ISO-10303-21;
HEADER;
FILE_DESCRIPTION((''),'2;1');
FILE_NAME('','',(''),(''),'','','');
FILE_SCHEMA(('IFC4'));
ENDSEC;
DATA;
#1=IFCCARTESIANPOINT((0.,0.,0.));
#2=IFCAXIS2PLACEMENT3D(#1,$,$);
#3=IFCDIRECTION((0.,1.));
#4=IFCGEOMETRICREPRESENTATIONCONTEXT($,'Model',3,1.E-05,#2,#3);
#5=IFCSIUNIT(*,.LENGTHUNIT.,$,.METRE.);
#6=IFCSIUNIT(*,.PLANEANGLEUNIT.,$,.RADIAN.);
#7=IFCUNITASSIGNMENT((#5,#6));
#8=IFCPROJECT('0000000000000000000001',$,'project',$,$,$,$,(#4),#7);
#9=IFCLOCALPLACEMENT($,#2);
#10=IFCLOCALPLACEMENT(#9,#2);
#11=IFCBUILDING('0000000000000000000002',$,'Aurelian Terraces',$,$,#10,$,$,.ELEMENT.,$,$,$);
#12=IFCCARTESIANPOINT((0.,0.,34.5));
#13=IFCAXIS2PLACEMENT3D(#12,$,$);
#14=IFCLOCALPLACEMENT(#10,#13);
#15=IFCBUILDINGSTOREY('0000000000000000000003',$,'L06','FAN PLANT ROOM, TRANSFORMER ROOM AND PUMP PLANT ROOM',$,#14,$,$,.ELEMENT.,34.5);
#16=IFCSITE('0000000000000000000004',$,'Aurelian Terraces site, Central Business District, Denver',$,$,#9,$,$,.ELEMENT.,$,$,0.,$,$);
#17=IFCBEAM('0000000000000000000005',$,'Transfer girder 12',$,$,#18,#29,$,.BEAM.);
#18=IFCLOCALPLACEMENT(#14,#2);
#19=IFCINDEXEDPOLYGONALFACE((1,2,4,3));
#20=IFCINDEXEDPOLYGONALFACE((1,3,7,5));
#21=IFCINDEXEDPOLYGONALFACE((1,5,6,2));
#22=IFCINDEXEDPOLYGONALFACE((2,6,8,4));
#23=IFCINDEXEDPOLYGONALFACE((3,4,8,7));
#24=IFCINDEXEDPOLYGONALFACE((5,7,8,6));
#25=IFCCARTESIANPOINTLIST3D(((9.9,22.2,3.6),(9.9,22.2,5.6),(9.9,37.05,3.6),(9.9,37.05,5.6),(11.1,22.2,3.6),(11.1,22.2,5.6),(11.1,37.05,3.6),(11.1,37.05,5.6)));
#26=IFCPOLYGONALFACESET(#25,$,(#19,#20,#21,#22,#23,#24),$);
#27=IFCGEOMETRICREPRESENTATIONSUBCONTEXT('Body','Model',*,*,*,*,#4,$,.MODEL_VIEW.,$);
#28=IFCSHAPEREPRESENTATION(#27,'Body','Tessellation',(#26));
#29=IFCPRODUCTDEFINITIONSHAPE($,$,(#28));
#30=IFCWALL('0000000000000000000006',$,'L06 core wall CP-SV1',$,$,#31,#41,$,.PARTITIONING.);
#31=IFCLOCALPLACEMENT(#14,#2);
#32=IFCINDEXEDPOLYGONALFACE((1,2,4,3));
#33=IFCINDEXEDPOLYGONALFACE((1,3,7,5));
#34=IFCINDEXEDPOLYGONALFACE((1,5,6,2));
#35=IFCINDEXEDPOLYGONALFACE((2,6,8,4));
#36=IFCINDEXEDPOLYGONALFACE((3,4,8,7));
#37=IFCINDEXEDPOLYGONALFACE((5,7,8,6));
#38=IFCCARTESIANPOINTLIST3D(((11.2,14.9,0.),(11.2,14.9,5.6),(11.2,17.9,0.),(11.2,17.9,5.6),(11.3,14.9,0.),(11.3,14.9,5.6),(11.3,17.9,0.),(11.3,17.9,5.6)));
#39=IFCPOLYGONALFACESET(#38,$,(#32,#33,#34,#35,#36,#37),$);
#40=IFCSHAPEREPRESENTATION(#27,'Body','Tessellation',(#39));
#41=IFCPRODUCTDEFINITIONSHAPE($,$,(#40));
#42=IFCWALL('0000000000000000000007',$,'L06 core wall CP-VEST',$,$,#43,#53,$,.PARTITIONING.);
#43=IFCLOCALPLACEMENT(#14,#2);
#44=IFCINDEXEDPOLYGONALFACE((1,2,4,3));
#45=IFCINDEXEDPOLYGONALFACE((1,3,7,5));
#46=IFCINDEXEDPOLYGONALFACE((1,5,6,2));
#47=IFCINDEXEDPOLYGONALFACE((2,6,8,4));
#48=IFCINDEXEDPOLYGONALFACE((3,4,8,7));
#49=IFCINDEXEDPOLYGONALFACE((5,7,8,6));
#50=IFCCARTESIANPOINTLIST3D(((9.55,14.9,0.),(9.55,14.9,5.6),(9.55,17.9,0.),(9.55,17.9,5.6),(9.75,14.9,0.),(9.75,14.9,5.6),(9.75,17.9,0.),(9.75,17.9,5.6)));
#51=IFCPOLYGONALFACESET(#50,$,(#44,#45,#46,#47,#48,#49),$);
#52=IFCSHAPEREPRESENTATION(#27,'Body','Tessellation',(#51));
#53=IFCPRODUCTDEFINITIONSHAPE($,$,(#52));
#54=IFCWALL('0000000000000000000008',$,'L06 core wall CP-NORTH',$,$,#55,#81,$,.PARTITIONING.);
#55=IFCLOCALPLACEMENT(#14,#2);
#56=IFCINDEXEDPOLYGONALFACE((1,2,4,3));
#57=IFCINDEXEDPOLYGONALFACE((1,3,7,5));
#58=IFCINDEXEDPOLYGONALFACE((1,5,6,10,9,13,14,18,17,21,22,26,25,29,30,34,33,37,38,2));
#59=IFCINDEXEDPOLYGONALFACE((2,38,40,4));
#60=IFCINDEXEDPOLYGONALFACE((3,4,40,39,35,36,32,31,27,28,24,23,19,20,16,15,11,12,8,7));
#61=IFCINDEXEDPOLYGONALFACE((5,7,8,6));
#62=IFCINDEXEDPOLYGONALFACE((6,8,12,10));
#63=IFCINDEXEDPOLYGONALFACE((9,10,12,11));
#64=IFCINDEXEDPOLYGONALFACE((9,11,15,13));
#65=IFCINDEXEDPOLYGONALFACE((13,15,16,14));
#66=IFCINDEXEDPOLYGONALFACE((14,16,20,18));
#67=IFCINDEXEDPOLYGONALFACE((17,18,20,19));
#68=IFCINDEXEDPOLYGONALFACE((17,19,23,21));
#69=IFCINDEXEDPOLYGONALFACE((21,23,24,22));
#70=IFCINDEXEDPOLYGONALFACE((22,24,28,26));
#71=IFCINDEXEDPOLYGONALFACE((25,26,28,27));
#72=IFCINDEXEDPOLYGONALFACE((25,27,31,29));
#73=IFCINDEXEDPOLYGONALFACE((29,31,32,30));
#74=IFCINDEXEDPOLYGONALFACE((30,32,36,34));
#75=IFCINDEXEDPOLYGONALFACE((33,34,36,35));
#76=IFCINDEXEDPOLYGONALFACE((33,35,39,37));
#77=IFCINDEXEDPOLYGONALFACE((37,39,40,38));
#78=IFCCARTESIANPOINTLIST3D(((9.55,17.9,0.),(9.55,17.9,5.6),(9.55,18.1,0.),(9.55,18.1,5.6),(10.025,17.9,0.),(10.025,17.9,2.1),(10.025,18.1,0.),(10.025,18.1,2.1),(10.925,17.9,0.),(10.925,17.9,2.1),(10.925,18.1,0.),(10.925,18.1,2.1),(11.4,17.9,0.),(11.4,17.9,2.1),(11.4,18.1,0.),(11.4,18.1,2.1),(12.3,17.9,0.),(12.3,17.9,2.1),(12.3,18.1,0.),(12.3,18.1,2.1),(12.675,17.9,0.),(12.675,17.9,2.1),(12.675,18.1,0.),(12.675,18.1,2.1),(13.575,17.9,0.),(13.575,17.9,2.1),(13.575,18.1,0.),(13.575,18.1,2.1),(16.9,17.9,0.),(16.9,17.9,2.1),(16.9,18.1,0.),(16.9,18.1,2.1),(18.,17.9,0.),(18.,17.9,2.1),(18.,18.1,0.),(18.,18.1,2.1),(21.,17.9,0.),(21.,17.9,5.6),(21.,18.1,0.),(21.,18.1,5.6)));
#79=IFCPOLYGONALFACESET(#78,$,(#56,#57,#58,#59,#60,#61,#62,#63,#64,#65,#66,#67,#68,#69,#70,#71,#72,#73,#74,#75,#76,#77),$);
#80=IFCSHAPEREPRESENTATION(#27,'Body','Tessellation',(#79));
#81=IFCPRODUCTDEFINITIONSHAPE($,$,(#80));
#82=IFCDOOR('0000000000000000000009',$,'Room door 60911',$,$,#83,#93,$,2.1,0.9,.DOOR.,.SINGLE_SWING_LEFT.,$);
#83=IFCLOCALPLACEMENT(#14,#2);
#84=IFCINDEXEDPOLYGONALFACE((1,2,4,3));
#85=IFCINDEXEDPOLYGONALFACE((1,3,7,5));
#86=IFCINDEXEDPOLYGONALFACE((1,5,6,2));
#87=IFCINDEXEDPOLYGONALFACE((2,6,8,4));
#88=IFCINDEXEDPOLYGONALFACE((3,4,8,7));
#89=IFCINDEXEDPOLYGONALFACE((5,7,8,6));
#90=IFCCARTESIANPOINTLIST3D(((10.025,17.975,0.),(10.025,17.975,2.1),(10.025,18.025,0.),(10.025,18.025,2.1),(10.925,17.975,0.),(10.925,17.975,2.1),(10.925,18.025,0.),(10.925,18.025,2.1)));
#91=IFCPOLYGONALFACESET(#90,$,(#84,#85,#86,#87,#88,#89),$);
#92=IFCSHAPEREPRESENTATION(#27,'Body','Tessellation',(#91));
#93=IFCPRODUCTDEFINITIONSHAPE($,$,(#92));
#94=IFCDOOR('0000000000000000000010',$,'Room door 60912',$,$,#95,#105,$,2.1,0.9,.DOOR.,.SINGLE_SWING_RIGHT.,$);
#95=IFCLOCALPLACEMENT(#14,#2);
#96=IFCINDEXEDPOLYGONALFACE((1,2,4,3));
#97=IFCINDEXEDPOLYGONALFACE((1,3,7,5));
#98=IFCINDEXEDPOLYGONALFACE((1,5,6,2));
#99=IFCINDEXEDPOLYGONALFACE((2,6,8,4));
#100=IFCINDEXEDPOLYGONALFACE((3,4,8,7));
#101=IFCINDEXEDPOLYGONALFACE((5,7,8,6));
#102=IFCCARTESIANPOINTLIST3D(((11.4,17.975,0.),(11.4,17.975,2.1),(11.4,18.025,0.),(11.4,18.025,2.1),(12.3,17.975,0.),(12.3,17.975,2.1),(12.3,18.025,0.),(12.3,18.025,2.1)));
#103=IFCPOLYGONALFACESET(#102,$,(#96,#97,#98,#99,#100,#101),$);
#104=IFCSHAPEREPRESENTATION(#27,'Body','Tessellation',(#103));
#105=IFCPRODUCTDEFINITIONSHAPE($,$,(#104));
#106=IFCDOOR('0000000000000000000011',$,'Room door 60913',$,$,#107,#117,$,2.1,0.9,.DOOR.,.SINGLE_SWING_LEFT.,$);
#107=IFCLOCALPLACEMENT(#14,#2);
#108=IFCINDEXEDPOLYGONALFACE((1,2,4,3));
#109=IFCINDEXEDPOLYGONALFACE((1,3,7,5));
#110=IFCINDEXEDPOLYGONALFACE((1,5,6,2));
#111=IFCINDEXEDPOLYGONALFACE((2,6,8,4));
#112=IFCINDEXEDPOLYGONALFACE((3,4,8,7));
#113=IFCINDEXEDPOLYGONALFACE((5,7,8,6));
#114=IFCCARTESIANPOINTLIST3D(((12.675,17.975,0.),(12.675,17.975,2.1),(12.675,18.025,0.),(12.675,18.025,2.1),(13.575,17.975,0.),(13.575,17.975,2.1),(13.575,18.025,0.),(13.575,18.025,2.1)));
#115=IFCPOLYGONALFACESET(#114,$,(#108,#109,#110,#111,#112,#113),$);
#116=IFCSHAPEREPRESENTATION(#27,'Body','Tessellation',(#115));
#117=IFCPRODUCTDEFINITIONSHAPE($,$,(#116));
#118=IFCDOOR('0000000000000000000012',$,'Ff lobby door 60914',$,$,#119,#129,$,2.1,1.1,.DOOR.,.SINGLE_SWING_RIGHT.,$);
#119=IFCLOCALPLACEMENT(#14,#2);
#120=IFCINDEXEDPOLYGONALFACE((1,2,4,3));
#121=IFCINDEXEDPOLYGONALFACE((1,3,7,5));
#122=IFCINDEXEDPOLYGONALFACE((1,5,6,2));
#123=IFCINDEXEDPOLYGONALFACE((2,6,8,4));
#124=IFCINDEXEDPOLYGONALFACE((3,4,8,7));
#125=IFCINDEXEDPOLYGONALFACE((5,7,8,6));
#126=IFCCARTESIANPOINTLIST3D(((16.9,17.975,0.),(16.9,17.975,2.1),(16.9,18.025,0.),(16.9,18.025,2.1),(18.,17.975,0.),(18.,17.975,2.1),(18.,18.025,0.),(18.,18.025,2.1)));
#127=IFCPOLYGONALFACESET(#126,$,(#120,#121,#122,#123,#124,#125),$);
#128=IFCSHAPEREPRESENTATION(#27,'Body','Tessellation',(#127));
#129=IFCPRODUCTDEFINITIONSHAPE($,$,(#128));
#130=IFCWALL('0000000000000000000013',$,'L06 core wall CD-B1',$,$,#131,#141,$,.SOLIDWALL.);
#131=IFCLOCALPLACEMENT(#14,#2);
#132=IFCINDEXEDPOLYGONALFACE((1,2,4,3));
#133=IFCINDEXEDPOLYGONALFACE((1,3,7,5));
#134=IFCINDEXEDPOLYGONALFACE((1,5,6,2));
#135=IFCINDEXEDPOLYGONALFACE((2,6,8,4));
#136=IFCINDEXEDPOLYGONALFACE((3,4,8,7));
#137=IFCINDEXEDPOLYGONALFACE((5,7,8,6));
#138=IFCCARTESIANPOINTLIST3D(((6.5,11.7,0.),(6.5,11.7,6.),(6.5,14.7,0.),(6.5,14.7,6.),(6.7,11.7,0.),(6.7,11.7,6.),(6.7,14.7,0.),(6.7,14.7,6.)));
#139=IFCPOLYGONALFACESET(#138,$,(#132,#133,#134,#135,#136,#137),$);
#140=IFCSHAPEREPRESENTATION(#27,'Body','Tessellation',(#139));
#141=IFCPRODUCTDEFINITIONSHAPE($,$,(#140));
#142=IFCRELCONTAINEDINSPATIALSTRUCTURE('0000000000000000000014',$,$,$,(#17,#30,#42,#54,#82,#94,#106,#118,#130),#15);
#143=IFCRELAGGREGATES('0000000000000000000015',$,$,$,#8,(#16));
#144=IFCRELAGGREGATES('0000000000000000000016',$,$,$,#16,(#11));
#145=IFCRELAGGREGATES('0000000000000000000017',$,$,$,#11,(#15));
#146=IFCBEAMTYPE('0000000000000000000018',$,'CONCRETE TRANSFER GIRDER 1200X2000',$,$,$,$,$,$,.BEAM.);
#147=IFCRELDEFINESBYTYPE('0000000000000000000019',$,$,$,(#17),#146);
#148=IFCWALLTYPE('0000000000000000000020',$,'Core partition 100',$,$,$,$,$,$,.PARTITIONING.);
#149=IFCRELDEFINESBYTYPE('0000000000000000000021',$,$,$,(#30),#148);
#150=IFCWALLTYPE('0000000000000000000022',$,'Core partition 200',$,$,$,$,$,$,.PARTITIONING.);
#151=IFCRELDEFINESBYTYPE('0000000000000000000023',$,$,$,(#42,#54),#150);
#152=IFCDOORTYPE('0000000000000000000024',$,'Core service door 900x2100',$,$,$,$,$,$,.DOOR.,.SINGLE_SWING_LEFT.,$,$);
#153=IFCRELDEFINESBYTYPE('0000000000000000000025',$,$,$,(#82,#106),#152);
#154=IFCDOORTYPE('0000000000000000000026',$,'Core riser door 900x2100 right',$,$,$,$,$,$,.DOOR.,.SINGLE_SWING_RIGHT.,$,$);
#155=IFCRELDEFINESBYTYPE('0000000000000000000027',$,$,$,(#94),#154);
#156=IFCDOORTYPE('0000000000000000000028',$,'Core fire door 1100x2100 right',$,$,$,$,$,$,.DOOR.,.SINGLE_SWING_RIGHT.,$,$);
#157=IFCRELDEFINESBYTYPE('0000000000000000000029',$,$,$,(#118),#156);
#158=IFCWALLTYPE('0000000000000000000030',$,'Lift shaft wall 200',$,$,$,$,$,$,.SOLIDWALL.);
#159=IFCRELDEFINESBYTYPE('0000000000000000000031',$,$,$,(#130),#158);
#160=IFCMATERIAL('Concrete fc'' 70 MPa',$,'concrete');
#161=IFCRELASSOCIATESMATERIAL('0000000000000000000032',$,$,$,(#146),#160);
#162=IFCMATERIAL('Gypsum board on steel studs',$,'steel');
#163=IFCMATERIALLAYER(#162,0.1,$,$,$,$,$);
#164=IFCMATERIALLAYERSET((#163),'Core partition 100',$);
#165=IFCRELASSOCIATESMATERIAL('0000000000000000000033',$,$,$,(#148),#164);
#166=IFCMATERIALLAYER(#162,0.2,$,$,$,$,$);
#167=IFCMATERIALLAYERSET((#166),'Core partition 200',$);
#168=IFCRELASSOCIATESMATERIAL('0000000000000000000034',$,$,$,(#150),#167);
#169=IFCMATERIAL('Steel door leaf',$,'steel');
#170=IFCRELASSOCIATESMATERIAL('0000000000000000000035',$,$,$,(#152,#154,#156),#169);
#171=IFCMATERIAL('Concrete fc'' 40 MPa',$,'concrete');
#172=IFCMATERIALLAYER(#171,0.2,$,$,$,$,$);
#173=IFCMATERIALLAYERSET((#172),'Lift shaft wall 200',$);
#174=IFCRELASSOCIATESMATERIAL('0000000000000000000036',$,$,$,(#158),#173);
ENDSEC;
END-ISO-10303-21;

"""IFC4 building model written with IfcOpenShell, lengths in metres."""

from ifc_helpers import new_model, si_unit, direction, frame, frame_2d, origin, origin_2d, place, context, subcontext, project, spatial, rectangle, extrude, source, transform, mapped, material, layer, layer_set, material_profile, profile_set, type_object, element, fill, save


model = new_model("IFC4")

# Units and contexts
model_context = context("Model", 3, precision=1e-05, world=origin(), true_north=direction((0.0, 1.0)))
body_context = subcontext(model_context, "Body", "Model", "MODEL_VIEW")
ifc_project = project(units=[si_unit("LENGTHUNIT", "METRE"), si_unit("PLANEANGLEUNIT", "RADIAN")], contexts=[model_context])

# Site, building, storey
site_placement = place(None, origin())
site = spatial("IfcSite", under=ifc_project, at=site_placement, Name="Aurelian Terraces site, Central Business District, Denver", CompositionType="ELEMENT", RefElevation=0.0)
building_placement = place(site_placement, origin())
building = spatial("IfcBuilding", under=site, at=building_placement, Name="Aurelian Terraces", CompositionType="ELEMENT")
storey_placement = place(building_placement, frame((0.0, 0.0, 34.5)))
storey = spatial("IfcBuildingStorey", under=building, at=storey_placement, Name="L06", Description="FAN PLANT ROOM, TRANSFORMER ROOM AND PUMP PLANT ROOM", CompositionType="ELEMENT", Elevation=34.5)

# Beam
ifc_material_1 = material(Name="Concrete fc' 70 MPa", Category="concrete")
ifc_material_profile = material_profile(ifc_material_1, rectangle(XDim=1.2, YDim=2.0, at=origin_2d()))
ifc_profile_set = profile_set([ifc_material_profile], Name="Concrete fc' 70 MPa")
beam_type = type_object("IfcBeamType", Name="CONCRETE TRANSFER GIRDER 1200X2000", PredefinedType="BEAM", material=ifc_profile_set)
shared_shape_1 = source(origin(), body_context, "Body", "SweptSolid", [
    extrude(rectangle(XDim=1.2, YDim=2.0, at=origin_2d()), origin(), (0.0, 0.0, 1.0), 14.85),
])
beam_placement = place(storey_placement, frame((10.5, 22.2, 4.6), z_axis=(0.0, 1.0, 0.0), x_axis=(-1.0, 0.0, 0.0)))
element("IfcBeam", 1, at=beam_placement, inside=storey, type_object=beam_type, Name="Transfer girder 12", PredefinedType="BEAM", context=body_context, shape_type="MappedRepresentation", body=[
    mapped(shared_shape_1, transform((0.0, 0.0, 0.0), scale=1.0)),
])

# Walls
ifc_material_2 = material(Name="Gypsum board on steel studs", Category="steel")
ifc_layer_1 = layer(ifc_material_2, 0.1)
ifc_layer_set_1 = layer_set([ifc_layer_1], Name="Core partition 100")
wall_type_1 = type_object("IfcWallType", Name="Core partition 100", PredefinedType="PARTITIONING", material=ifc_layer_set_1)
wall_1_placement = place(storey_placement, frame((11.25, 14.9, 0.0), z_axis=(0.0, 0.0, 1.0), x_axis=(0.0, 1.0, 0.0)))
element("IfcWall", 2, at=wall_1_placement, inside=storey, type_object=wall_type_1, Name="L06 core wall CP-SV1", PredefinedType="PARTITIONING", context=body_context, shape_type="SweptSolid", body=[
    extrude(rectangle(XDim=3.0, YDim=0.1, at=frame_2d((1.5, 0.0))), origin(), (0.0, 0.0, 1.0), 5.6),
])
ifc_layer_2 = layer(ifc_material_2, 0.2)
ifc_layer_set_2 = layer_set([ifc_layer_2], Name="Core partition 200")
wall_type_2 = type_object("IfcWallType", Name="Core partition 200", PredefinedType="PARTITIONING", material=ifc_layer_set_2)
wall_2_placement = place(storey_placement, frame((9.65, 14.9, 0.0), z_axis=(0.0, 0.0, 1.0), x_axis=(0.0, 1.0, 0.0)))
element("IfcWall", 3, at=wall_2_placement, inside=storey, type_object=wall_type_2, Name="L06 core wall CP-VEST", PredefinedType="PARTITIONING", context=body_context, shape_type="SweptSolid", body=[
    extrude(rectangle(XDim=3.0, YDim=0.2, at=frame_2d((1.5, 0.0))), origin(), (0.0, 0.0, 1.0), 5.6),
])

# Wall, openings, doors
wall_3_placement = place(storey_placement, frame((9.55, 18.0, 0.0), z_axis=(0.0, 0.0, 1.0), x_axis=(1.0, 0.0, 0.0)))
wall_3 = element("IfcWall", 4, at=wall_3_placement, inside=storey, type_object=wall_type_2, Name="L06 core wall CP-NORTH", PredefinedType="PARTITIONING", context=body_context, shape_type="SweptSolid", body=[
    extrude(rectangle(XDim=11.45, YDim=0.2, at=frame_2d((5.725, 0.0))), origin(), (0.0, 0.0, 1.0), 5.6),
])
shared_shape_2 = source(origin(), body_context, "Body", "SweptSolid", [
    extrude(rectangle(XDim=0.9, YDim=2.1, at=frame_2d((0.45, 1.05))), frame((0.0, 0.11, 0.0), z_axis=(0.0, -1.0, 0.0), x_axis=(1.0, 0.0, 0.0)), (0.0, 0.0, 1.0), 0.22),
])
opening_1_placement = place(wall_3_placement, frame((0.475, 0.0, 0.0)))
opening_1 = element("IfcOpeningElement", 5, at=opening_1_placement, cuts=wall_3, PredefinedType="OPENING", context=body_context, shape_type="MappedRepresentation", body=[
    mapped(shared_shape_2, transform((0.0, 0.0, 0.0), scale=1.0)),
])
opening_2_placement = place(wall_3_placement, frame((1.85, 0.0, 0.0)))
opening_2 = element("IfcOpeningElement", 6, at=opening_2_placement, cuts=wall_3, PredefinedType="OPENING", context=body_context, shape_type="MappedRepresentation", body=[
    mapped(shared_shape_2, transform((0.0, 0.0, 0.0), scale=1.0)),
])
opening_3_placement = place(wall_3_placement, frame((3.125, 0.0, 0.0)))
opening_3 = element("IfcOpeningElement", 7, at=opening_3_placement, cuts=wall_3, PredefinedType="OPENING", context=body_context, shape_type="MappedRepresentation", body=[
    mapped(shared_shape_2, transform((0.0, 0.0, 0.0), scale=1.0)),
])
shared_shape_3 = source(origin(), body_context, "Body", "SweptSolid", [
    extrude(rectangle(XDim=1.1, YDim=2.1, at=frame_2d((0.55, 1.05))), frame((0.0, 0.11, 0.0), z_axis=(0.0, -1.0, 0.0), x_axis=(1.0, 0.0, 0.0)), (0.0, 0.0, 1.0), 0.22),
])
opening_4_placement = place(wall_3_placement, frame((7.35, 0.0, 0.0)))
opening_4 = element("IfcOpeningElement", 8, at=opening_4_placement, cuts=wall_3, PredefinedType="OPENING", context=body_context, shape_type="MappedRepresentation", body=[
    mapped(shared_shape_3, transform((0.0, 0.0, 0.0), scale=1.0)),
])
ifc_material_3 = material(Name="Steel door leaf", Category="steel")
door_type_1 = type_object("IfcDoorType", Name="Core service door 900x2100", OperationType="SINGLE_SWING_LEFT", PredefinedType="DOOR", material=ifc_material_3)
shared_shape_4 = source(origin(), body_context, "Body", "SweptSolid", [
    extrude(rectangle(XDim=0.9, YDim=2.1, at=frame_2d((0.45, 1.05))), frame((0.0, 0.025, 0.0), z_axis=(0.0, -1.0, 0.0), x_axis=(1.0, 0.0, 0.0)), (0.0, 0.0, 1.0), 0.05),
])
door_1_placement = place(opening_1_placement, origin())
door_1 = element("IfcDoor", 9, at=door_1_placement, inside=storey, type_object=door_type_1, Name="Room door 60911", OperationType="SINGLE_SWING_LEFT", OverallHeight=2.1, OverallWidth=0.9, PredefinedType="DOOR", context=body_context, shape_type="MappedRepresentation", body=[
    mapped(shared_shape_4, transform((0.0, 0.0, 0.0), scale=1.0)),
])
fill(opening_1, door_1)
door_type_2 = type_object("IfcDoorType", Name="Core riser door 900x2100 right", OperationType="SINGLE_SWING_RIGHT", PredefinedType="DOOR", material=ifc_material_3)
door_2_placement = place(opening_2_placement, origin())
door_2 = element("IfcDoor", 10, at=door_2_placement, inside=storey, type_object=door_type_2, Name="Room door 60912", OperationType="SINGLE_SWING_RIGHT", OverallHeight=2.1, OverallWidth=0.9, PredefinedType="DOOR", context=body_context, shape_type="MappedRepresentation", body=[
    mapped(shared_shape_4, transform((0.0, 0.0, 0.0), scale=1.0)),
])
fill(opening_2, door_2)
door_3_placement = place(opening_3_placement, origin())
door_3 = element("IfcDoor", 11, at=door_3_placement, inside=storey, type_object=door_type_1, Name="Room door 60913", OperationType="SINGLE_SWING_LEFT", OverallHeight=2.1, OverallWidth=0.9, PredefinedType="DOOR", context=body_context, shape_type="MappedRepresentation", body=[
    mapped(shared_shape_4, transform((0.0, 0.0, 0.0), scale=1.0)),
])
fill(opening_3, door_3)
door_type_3 = type_object("IfcDoorType", Name="Core fire door 1100x2100 right", OperationType="SINGLE_SWING_RIGHT", PredefinedType="DOOR", material=ifc_material_3)
shared_shape_5 = source(origin(), body_context, "Body", "SweptSolid", [
    extrude(rectangle(XDim=1.1, YDim=2.1, at=frame_2d((0.55, 1.05))), frame((0.0, 0.025, 0.0), z_axis=(0.0, -1.0, 0.0), x_axis=(1.0, 0.0, 0.0)), (0.0, 0.0, 1.0), 0.05),
])
door_4_placement = place(opening_4_placement, origin())
door_4 = element("IfcDoor", 12, at=door_4_placement, inside=storey, type_object=door_type_3, Name="Ff lobby door 60914", OperationType="SINGLE_SWING_RIGHT", OverallHeight=2.1, OverallWidth=1.1, PredefinedType="DOOR", context=body_context, shape_type="MappedRepresentation", body=[
    mapped(shared_shape_5, transform((0.0, 0.0, 0.0), scale=1.0)),
])
fill(opening_4, door_4)

# Wall
ifc_material_4 = material(Name="Concrete fc' 40 MPa", Category="concrete")
ifc_layer_3 = layer(ifc_material_4, 0.2)
ifc_layer_set_3 = layer_set([ifc_layer_3], Name="Lift shaft wall 200")
wall_type_3 = type_object("IfcWallType", Name="Lift shaft wall 200", PredefinedType="SOLIDWALL", material=ifc_layer_set_3)
wall_4_placement = place(storey_placement, frame((6.6, 11.7, 0.0), z_axis=(0.0, 0.0, 1.0), x_axis=(0.0, 1.0, 0.0)))
element("IfcWall", 13, at=wall_4_placement, inside=storey, type_object=wall_type_3, Name="L06 core wall CD-B1", PredefinedType="SOLIDWALL", context=body_context, shape_type="SweptSolid", body=[
    extrude(rectangle(XDim=3.0, YDim=0.2, at=frame_2d((1.5, 0.0))), origin(), (0.0, 0.0, 1.0), 6.0),
])

save(model, "model.ifc")
